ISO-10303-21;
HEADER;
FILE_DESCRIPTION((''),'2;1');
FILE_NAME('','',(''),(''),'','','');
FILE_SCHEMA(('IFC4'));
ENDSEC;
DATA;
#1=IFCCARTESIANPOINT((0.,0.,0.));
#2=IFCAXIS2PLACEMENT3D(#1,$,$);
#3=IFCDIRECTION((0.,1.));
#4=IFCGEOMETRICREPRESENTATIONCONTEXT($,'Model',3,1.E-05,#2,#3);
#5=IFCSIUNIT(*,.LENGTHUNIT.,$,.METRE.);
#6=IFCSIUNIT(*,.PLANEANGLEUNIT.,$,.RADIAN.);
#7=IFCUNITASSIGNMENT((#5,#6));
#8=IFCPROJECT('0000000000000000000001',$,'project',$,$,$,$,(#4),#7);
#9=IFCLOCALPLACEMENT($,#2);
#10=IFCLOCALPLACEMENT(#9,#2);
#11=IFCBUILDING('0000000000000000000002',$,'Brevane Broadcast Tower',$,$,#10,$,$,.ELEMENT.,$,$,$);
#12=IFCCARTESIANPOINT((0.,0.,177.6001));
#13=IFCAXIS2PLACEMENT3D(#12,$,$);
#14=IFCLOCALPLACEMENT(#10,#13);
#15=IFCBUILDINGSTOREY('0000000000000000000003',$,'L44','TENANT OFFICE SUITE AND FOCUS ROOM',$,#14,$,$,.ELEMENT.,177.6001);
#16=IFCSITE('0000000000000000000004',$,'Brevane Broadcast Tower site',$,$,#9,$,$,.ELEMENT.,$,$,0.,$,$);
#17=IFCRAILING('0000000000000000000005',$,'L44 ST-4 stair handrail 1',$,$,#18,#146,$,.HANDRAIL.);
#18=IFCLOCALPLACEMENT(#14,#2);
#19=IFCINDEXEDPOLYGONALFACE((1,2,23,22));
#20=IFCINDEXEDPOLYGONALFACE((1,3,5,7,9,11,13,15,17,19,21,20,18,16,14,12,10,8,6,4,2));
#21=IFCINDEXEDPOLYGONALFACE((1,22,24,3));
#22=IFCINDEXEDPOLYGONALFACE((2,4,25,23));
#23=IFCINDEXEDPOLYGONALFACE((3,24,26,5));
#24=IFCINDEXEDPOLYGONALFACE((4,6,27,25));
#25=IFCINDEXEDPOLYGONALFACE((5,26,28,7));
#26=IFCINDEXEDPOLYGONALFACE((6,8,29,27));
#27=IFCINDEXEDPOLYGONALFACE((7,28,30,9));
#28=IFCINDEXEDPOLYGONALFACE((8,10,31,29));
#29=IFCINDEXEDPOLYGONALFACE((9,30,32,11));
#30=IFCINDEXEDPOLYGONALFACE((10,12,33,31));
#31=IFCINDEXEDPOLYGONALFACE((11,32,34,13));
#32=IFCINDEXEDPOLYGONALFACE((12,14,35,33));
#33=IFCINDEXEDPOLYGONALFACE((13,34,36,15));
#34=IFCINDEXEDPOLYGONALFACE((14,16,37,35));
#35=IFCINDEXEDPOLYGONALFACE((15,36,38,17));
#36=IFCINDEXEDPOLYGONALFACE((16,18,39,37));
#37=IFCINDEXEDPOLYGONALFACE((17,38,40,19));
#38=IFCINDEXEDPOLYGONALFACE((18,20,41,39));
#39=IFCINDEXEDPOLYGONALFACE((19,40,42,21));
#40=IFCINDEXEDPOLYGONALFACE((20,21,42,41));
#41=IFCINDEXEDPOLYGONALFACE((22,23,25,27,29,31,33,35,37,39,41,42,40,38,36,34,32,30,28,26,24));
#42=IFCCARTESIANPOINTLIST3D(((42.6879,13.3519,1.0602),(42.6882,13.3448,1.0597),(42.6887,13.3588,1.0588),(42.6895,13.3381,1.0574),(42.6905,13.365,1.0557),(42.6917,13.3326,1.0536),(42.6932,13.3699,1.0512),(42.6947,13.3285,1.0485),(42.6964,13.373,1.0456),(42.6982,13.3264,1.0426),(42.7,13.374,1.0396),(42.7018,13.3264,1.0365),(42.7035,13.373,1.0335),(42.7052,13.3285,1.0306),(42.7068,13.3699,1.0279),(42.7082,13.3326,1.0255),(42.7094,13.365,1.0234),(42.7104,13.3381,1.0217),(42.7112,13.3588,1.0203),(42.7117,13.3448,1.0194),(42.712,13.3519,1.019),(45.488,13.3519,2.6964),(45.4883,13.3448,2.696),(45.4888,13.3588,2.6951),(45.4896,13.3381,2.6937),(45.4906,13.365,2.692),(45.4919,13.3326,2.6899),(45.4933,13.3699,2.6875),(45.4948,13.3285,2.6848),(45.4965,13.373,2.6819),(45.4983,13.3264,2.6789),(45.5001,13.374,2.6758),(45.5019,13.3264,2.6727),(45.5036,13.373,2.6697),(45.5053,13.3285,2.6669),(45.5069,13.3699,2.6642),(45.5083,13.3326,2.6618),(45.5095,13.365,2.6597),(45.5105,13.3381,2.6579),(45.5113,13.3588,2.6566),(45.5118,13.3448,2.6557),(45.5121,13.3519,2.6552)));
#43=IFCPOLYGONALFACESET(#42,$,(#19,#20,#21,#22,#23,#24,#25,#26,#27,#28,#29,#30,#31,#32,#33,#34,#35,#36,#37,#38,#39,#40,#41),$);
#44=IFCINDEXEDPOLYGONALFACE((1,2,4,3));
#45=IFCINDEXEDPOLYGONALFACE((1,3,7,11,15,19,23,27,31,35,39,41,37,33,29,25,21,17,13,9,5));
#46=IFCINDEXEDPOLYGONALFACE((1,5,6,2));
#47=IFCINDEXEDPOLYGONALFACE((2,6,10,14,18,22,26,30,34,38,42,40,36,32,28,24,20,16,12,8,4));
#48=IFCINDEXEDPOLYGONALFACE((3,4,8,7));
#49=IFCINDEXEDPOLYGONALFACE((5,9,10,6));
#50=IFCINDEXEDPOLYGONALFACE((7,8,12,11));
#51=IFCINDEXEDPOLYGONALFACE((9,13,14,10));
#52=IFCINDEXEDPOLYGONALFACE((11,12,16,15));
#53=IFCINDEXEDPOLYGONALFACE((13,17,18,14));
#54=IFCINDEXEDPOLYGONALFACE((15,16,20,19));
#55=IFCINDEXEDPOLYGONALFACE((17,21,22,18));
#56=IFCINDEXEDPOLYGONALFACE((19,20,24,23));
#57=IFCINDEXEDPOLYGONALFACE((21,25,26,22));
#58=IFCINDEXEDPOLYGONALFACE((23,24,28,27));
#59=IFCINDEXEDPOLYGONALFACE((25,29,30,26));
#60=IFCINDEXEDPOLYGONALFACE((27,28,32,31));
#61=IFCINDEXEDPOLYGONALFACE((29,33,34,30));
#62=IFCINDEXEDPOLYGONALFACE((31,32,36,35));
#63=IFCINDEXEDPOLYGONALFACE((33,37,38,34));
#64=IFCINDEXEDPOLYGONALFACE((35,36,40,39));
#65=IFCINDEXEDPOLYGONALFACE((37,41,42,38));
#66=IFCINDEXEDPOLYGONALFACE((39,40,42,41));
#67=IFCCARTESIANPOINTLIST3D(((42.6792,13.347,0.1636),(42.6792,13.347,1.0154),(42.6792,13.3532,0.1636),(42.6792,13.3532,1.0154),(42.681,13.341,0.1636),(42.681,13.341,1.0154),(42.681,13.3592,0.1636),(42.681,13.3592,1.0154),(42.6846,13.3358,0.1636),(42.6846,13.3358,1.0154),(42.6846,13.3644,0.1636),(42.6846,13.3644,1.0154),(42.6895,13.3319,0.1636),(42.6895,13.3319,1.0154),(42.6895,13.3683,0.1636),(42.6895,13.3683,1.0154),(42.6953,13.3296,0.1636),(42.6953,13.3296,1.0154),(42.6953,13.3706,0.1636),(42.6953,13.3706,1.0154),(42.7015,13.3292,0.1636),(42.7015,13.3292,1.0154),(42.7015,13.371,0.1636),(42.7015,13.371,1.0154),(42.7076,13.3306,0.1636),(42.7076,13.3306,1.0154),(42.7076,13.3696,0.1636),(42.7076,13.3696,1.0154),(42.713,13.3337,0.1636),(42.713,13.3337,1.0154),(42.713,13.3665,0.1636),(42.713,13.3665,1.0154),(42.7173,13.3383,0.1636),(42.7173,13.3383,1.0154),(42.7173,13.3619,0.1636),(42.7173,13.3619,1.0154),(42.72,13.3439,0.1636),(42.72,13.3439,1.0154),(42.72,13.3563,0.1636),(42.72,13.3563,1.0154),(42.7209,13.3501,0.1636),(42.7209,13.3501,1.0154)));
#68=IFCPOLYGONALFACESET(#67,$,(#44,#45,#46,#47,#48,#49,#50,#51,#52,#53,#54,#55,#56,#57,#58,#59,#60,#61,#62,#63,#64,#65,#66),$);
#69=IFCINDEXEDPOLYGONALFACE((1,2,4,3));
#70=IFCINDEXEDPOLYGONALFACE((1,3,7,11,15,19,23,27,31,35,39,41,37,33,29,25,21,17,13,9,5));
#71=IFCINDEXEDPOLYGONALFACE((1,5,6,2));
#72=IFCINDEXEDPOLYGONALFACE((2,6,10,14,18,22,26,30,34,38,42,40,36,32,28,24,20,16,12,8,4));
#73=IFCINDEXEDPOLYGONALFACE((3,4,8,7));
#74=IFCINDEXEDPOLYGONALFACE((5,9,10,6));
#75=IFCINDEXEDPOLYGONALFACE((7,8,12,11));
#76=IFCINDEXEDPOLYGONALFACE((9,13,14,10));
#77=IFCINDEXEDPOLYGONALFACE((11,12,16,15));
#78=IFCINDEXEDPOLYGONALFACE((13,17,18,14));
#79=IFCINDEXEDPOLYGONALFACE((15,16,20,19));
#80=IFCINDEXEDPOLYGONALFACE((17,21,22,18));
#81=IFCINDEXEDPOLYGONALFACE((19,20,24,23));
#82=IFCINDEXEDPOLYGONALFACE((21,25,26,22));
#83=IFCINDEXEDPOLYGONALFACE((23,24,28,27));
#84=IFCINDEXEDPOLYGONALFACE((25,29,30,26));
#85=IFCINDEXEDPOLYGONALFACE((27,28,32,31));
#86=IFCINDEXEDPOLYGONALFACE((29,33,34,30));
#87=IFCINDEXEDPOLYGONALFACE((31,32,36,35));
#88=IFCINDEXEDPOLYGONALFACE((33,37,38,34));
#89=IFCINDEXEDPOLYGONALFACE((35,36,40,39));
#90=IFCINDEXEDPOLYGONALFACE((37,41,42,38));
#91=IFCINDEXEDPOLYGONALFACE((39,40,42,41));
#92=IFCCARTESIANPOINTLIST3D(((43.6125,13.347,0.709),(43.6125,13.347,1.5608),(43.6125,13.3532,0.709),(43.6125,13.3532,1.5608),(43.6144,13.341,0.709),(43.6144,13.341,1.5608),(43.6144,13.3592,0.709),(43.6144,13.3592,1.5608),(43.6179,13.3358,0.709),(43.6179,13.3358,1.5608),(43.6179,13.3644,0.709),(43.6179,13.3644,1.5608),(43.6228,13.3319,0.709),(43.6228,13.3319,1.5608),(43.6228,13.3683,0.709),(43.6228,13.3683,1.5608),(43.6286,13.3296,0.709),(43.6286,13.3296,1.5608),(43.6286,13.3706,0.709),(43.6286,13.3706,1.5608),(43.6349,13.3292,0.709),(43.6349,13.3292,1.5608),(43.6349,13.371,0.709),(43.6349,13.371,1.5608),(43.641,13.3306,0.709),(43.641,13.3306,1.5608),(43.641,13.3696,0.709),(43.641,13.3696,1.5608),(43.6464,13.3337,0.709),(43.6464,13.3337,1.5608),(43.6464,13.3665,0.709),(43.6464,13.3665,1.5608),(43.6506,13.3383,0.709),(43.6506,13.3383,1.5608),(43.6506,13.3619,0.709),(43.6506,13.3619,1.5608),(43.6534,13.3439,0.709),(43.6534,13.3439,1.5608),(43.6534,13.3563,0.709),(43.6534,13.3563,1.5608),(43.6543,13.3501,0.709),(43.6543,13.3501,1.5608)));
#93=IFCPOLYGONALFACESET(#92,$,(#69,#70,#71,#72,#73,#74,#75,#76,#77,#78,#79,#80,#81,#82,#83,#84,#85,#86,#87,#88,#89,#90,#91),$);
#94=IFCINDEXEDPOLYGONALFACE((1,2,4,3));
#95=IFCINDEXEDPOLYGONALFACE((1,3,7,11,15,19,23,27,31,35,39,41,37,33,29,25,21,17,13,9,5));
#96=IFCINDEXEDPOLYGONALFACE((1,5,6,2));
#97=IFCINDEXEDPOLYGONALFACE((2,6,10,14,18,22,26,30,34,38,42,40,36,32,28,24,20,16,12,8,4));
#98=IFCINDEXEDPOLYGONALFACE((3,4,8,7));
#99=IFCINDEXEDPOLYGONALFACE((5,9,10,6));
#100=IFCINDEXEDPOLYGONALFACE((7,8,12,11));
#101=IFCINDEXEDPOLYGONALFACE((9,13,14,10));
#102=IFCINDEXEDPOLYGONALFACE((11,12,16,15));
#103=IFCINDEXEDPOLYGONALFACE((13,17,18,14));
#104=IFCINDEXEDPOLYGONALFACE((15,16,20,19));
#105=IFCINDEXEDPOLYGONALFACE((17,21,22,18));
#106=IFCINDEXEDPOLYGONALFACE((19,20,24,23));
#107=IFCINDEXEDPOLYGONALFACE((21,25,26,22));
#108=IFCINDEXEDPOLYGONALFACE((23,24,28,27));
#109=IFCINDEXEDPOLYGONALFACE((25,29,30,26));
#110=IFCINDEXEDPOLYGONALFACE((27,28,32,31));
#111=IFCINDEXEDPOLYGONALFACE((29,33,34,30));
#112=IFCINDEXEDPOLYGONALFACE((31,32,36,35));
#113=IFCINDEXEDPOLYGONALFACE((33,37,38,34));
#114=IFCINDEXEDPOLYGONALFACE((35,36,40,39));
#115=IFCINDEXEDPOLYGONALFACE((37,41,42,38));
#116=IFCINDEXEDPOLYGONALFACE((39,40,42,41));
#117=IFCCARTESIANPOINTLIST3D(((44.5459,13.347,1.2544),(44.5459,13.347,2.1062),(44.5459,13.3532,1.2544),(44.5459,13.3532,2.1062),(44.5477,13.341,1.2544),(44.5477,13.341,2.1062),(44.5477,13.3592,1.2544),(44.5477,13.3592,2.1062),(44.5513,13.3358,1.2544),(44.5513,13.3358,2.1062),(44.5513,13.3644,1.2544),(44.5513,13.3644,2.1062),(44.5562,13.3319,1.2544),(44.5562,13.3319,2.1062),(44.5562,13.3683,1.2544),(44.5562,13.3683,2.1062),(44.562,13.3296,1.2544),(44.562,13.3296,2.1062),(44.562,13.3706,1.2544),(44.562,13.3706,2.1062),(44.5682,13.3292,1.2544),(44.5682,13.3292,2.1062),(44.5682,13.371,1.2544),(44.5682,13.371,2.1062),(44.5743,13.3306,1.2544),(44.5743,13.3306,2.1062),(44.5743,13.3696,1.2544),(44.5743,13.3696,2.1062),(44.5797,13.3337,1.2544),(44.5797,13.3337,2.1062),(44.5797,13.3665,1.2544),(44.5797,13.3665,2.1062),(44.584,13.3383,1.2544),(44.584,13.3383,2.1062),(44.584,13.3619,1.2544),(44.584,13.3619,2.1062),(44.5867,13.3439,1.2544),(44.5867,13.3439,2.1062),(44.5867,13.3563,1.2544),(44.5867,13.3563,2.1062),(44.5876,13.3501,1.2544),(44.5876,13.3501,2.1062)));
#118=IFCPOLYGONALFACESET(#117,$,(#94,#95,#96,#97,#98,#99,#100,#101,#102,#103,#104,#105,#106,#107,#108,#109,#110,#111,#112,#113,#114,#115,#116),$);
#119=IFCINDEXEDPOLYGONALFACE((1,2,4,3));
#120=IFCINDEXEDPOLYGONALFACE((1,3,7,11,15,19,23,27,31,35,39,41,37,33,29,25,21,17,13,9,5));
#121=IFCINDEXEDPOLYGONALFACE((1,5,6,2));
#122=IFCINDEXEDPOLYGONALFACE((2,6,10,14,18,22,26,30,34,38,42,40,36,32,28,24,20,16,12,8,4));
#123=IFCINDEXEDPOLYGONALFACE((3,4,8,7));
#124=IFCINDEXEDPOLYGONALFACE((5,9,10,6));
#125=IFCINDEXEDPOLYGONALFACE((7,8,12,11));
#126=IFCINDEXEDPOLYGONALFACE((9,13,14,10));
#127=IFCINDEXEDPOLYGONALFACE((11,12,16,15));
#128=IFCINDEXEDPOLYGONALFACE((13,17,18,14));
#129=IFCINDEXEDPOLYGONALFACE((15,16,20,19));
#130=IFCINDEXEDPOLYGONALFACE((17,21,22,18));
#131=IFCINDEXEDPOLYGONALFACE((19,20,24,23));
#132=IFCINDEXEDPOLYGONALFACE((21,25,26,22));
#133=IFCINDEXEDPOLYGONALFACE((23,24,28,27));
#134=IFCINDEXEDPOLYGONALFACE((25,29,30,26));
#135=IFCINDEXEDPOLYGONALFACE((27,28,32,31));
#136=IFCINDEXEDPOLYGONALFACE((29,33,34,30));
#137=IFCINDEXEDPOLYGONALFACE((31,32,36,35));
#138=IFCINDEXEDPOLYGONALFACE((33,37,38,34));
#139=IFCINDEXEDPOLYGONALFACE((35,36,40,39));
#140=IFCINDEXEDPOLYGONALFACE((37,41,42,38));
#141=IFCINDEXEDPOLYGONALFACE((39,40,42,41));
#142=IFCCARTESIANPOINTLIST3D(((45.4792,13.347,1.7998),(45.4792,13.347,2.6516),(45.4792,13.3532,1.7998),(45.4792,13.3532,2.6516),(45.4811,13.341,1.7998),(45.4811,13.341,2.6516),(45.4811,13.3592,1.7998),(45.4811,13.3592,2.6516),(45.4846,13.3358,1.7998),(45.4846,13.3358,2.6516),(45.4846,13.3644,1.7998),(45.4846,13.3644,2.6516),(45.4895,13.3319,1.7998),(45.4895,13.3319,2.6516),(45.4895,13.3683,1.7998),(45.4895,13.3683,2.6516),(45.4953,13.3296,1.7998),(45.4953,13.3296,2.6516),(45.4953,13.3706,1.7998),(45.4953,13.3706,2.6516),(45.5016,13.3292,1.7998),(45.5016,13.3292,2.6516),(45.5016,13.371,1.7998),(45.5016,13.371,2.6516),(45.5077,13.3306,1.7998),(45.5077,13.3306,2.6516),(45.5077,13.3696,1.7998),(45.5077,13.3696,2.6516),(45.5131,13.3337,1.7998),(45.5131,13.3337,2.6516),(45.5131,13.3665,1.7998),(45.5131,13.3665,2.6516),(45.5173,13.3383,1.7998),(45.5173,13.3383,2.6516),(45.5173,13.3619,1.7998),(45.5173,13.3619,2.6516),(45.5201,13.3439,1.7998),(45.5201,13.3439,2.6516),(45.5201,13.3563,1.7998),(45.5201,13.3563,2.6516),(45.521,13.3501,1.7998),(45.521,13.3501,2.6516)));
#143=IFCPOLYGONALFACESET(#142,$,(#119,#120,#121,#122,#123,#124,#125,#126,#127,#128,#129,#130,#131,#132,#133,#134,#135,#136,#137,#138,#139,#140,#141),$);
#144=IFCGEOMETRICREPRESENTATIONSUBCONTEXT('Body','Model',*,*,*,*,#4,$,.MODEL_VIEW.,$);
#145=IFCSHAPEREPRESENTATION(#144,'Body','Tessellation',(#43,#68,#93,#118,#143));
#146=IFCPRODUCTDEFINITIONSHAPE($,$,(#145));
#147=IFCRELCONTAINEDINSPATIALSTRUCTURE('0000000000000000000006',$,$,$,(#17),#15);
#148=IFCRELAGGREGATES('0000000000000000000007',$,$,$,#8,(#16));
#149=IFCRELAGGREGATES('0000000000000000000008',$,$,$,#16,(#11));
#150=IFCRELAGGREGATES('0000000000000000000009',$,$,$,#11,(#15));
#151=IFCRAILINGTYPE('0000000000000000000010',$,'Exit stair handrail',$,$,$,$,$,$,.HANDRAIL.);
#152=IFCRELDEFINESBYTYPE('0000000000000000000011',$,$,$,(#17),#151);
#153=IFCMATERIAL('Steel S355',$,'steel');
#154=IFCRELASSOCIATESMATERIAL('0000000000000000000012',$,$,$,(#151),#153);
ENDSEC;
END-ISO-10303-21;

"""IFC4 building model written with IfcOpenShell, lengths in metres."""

from ifc_helpers import new_model, si_unit, direction, frame, origin, origin_2d, place, context, subcontext, project, spatial, circle, extrude, material, type_object, element, save


model = new_model("IFC4")

# Units and contexts
model_context = context("Model", 3, precision=1e-05, world=origin(), true_north=direction((0.0, 1.0)))
body_context = subcontext(model_context, "Body", "Model", "MODEL_VIEW")
ifc_project = project(units=[si_unit("LENGTHUNIT", "METRE"), si_unit("PLANEANGLEUNIT", "RADIAN")], contexts=[model_context])

# Site, building, storey
site_placement = place(None, origin())
site = spatial("IfcSite", under=ifc_project, at=site_placement, Name="Brevane Broadcast Tower site", CompositionType="ELEMENT", RefElevation=0.0)
building_placement = place(site_placement, origin())
building = spatial("IfcBuilding", under=site, at=building_placement, Name="Brevane Broadcast Tower", CompositionType="ELEMENT")
storey_placement = place(building_placement, frame((0.0, 0.0, 177.6001)))
storey = spatial("IfcBuildingStorey", under=building, at=storey_placement, Name="L44", Description="TENANT OFFICE SUITE AND FOCUS ROOM", CompositionType="ELEMENT", Elevation=177.6001)

# Railing
ifc_material_1 = material(Name="Steel S355", Category="steel")
railing_type_1 = type_object("IfcRailingType", Name="Exit stair handrail", PredefinedType="HANDRAIL", material=ifc_material_1)
railing_1_placement = place(storey_placement, frame((42.7, 13.3501, 0.1636)))
element("IfcRailing", 1, at=railing_1_placement, inside=storey, type_object=railing_type_1, Name="L44 ST-4 stair handrail 1", PredefinedType="HANDRAIL", context=body_context, shape_type="SweptSolid", body=[
    extrude(circle(Radius=0.0239, at=origin_2d()), frame((0.0, 0.0, 0.876), z_axis=(0.863394, 0.0, 0.504531), x_axis=(0.0, 1.0, 0.0)), (0.0, 0.0, 1.0), 3.2432),
    extrude(circle(Radius=0.021, at=origin_2d()), origin(), (0.0, 0.0, 1.0), 0.8518),
    extrude(circle(Radius=0.021, at=origin_2d()), frame((0.9333, 0.0, 0.5454)), (0.0, 0.0, 1.0), 0.8518),
    extrude(circle(Radius=0.021, at=origin_2d()), frame((1.8667, 0.0, 1.0908)), (0.0, 0.0, 1.0), 0.8518),
    extrude(circle(Radius=0.021, at=origin_2d()), frame((2.8, 0.0, 1.6362)), (0.0, 0.0, 1.0), 0.8518),
])

save(model, "model.ifc")
